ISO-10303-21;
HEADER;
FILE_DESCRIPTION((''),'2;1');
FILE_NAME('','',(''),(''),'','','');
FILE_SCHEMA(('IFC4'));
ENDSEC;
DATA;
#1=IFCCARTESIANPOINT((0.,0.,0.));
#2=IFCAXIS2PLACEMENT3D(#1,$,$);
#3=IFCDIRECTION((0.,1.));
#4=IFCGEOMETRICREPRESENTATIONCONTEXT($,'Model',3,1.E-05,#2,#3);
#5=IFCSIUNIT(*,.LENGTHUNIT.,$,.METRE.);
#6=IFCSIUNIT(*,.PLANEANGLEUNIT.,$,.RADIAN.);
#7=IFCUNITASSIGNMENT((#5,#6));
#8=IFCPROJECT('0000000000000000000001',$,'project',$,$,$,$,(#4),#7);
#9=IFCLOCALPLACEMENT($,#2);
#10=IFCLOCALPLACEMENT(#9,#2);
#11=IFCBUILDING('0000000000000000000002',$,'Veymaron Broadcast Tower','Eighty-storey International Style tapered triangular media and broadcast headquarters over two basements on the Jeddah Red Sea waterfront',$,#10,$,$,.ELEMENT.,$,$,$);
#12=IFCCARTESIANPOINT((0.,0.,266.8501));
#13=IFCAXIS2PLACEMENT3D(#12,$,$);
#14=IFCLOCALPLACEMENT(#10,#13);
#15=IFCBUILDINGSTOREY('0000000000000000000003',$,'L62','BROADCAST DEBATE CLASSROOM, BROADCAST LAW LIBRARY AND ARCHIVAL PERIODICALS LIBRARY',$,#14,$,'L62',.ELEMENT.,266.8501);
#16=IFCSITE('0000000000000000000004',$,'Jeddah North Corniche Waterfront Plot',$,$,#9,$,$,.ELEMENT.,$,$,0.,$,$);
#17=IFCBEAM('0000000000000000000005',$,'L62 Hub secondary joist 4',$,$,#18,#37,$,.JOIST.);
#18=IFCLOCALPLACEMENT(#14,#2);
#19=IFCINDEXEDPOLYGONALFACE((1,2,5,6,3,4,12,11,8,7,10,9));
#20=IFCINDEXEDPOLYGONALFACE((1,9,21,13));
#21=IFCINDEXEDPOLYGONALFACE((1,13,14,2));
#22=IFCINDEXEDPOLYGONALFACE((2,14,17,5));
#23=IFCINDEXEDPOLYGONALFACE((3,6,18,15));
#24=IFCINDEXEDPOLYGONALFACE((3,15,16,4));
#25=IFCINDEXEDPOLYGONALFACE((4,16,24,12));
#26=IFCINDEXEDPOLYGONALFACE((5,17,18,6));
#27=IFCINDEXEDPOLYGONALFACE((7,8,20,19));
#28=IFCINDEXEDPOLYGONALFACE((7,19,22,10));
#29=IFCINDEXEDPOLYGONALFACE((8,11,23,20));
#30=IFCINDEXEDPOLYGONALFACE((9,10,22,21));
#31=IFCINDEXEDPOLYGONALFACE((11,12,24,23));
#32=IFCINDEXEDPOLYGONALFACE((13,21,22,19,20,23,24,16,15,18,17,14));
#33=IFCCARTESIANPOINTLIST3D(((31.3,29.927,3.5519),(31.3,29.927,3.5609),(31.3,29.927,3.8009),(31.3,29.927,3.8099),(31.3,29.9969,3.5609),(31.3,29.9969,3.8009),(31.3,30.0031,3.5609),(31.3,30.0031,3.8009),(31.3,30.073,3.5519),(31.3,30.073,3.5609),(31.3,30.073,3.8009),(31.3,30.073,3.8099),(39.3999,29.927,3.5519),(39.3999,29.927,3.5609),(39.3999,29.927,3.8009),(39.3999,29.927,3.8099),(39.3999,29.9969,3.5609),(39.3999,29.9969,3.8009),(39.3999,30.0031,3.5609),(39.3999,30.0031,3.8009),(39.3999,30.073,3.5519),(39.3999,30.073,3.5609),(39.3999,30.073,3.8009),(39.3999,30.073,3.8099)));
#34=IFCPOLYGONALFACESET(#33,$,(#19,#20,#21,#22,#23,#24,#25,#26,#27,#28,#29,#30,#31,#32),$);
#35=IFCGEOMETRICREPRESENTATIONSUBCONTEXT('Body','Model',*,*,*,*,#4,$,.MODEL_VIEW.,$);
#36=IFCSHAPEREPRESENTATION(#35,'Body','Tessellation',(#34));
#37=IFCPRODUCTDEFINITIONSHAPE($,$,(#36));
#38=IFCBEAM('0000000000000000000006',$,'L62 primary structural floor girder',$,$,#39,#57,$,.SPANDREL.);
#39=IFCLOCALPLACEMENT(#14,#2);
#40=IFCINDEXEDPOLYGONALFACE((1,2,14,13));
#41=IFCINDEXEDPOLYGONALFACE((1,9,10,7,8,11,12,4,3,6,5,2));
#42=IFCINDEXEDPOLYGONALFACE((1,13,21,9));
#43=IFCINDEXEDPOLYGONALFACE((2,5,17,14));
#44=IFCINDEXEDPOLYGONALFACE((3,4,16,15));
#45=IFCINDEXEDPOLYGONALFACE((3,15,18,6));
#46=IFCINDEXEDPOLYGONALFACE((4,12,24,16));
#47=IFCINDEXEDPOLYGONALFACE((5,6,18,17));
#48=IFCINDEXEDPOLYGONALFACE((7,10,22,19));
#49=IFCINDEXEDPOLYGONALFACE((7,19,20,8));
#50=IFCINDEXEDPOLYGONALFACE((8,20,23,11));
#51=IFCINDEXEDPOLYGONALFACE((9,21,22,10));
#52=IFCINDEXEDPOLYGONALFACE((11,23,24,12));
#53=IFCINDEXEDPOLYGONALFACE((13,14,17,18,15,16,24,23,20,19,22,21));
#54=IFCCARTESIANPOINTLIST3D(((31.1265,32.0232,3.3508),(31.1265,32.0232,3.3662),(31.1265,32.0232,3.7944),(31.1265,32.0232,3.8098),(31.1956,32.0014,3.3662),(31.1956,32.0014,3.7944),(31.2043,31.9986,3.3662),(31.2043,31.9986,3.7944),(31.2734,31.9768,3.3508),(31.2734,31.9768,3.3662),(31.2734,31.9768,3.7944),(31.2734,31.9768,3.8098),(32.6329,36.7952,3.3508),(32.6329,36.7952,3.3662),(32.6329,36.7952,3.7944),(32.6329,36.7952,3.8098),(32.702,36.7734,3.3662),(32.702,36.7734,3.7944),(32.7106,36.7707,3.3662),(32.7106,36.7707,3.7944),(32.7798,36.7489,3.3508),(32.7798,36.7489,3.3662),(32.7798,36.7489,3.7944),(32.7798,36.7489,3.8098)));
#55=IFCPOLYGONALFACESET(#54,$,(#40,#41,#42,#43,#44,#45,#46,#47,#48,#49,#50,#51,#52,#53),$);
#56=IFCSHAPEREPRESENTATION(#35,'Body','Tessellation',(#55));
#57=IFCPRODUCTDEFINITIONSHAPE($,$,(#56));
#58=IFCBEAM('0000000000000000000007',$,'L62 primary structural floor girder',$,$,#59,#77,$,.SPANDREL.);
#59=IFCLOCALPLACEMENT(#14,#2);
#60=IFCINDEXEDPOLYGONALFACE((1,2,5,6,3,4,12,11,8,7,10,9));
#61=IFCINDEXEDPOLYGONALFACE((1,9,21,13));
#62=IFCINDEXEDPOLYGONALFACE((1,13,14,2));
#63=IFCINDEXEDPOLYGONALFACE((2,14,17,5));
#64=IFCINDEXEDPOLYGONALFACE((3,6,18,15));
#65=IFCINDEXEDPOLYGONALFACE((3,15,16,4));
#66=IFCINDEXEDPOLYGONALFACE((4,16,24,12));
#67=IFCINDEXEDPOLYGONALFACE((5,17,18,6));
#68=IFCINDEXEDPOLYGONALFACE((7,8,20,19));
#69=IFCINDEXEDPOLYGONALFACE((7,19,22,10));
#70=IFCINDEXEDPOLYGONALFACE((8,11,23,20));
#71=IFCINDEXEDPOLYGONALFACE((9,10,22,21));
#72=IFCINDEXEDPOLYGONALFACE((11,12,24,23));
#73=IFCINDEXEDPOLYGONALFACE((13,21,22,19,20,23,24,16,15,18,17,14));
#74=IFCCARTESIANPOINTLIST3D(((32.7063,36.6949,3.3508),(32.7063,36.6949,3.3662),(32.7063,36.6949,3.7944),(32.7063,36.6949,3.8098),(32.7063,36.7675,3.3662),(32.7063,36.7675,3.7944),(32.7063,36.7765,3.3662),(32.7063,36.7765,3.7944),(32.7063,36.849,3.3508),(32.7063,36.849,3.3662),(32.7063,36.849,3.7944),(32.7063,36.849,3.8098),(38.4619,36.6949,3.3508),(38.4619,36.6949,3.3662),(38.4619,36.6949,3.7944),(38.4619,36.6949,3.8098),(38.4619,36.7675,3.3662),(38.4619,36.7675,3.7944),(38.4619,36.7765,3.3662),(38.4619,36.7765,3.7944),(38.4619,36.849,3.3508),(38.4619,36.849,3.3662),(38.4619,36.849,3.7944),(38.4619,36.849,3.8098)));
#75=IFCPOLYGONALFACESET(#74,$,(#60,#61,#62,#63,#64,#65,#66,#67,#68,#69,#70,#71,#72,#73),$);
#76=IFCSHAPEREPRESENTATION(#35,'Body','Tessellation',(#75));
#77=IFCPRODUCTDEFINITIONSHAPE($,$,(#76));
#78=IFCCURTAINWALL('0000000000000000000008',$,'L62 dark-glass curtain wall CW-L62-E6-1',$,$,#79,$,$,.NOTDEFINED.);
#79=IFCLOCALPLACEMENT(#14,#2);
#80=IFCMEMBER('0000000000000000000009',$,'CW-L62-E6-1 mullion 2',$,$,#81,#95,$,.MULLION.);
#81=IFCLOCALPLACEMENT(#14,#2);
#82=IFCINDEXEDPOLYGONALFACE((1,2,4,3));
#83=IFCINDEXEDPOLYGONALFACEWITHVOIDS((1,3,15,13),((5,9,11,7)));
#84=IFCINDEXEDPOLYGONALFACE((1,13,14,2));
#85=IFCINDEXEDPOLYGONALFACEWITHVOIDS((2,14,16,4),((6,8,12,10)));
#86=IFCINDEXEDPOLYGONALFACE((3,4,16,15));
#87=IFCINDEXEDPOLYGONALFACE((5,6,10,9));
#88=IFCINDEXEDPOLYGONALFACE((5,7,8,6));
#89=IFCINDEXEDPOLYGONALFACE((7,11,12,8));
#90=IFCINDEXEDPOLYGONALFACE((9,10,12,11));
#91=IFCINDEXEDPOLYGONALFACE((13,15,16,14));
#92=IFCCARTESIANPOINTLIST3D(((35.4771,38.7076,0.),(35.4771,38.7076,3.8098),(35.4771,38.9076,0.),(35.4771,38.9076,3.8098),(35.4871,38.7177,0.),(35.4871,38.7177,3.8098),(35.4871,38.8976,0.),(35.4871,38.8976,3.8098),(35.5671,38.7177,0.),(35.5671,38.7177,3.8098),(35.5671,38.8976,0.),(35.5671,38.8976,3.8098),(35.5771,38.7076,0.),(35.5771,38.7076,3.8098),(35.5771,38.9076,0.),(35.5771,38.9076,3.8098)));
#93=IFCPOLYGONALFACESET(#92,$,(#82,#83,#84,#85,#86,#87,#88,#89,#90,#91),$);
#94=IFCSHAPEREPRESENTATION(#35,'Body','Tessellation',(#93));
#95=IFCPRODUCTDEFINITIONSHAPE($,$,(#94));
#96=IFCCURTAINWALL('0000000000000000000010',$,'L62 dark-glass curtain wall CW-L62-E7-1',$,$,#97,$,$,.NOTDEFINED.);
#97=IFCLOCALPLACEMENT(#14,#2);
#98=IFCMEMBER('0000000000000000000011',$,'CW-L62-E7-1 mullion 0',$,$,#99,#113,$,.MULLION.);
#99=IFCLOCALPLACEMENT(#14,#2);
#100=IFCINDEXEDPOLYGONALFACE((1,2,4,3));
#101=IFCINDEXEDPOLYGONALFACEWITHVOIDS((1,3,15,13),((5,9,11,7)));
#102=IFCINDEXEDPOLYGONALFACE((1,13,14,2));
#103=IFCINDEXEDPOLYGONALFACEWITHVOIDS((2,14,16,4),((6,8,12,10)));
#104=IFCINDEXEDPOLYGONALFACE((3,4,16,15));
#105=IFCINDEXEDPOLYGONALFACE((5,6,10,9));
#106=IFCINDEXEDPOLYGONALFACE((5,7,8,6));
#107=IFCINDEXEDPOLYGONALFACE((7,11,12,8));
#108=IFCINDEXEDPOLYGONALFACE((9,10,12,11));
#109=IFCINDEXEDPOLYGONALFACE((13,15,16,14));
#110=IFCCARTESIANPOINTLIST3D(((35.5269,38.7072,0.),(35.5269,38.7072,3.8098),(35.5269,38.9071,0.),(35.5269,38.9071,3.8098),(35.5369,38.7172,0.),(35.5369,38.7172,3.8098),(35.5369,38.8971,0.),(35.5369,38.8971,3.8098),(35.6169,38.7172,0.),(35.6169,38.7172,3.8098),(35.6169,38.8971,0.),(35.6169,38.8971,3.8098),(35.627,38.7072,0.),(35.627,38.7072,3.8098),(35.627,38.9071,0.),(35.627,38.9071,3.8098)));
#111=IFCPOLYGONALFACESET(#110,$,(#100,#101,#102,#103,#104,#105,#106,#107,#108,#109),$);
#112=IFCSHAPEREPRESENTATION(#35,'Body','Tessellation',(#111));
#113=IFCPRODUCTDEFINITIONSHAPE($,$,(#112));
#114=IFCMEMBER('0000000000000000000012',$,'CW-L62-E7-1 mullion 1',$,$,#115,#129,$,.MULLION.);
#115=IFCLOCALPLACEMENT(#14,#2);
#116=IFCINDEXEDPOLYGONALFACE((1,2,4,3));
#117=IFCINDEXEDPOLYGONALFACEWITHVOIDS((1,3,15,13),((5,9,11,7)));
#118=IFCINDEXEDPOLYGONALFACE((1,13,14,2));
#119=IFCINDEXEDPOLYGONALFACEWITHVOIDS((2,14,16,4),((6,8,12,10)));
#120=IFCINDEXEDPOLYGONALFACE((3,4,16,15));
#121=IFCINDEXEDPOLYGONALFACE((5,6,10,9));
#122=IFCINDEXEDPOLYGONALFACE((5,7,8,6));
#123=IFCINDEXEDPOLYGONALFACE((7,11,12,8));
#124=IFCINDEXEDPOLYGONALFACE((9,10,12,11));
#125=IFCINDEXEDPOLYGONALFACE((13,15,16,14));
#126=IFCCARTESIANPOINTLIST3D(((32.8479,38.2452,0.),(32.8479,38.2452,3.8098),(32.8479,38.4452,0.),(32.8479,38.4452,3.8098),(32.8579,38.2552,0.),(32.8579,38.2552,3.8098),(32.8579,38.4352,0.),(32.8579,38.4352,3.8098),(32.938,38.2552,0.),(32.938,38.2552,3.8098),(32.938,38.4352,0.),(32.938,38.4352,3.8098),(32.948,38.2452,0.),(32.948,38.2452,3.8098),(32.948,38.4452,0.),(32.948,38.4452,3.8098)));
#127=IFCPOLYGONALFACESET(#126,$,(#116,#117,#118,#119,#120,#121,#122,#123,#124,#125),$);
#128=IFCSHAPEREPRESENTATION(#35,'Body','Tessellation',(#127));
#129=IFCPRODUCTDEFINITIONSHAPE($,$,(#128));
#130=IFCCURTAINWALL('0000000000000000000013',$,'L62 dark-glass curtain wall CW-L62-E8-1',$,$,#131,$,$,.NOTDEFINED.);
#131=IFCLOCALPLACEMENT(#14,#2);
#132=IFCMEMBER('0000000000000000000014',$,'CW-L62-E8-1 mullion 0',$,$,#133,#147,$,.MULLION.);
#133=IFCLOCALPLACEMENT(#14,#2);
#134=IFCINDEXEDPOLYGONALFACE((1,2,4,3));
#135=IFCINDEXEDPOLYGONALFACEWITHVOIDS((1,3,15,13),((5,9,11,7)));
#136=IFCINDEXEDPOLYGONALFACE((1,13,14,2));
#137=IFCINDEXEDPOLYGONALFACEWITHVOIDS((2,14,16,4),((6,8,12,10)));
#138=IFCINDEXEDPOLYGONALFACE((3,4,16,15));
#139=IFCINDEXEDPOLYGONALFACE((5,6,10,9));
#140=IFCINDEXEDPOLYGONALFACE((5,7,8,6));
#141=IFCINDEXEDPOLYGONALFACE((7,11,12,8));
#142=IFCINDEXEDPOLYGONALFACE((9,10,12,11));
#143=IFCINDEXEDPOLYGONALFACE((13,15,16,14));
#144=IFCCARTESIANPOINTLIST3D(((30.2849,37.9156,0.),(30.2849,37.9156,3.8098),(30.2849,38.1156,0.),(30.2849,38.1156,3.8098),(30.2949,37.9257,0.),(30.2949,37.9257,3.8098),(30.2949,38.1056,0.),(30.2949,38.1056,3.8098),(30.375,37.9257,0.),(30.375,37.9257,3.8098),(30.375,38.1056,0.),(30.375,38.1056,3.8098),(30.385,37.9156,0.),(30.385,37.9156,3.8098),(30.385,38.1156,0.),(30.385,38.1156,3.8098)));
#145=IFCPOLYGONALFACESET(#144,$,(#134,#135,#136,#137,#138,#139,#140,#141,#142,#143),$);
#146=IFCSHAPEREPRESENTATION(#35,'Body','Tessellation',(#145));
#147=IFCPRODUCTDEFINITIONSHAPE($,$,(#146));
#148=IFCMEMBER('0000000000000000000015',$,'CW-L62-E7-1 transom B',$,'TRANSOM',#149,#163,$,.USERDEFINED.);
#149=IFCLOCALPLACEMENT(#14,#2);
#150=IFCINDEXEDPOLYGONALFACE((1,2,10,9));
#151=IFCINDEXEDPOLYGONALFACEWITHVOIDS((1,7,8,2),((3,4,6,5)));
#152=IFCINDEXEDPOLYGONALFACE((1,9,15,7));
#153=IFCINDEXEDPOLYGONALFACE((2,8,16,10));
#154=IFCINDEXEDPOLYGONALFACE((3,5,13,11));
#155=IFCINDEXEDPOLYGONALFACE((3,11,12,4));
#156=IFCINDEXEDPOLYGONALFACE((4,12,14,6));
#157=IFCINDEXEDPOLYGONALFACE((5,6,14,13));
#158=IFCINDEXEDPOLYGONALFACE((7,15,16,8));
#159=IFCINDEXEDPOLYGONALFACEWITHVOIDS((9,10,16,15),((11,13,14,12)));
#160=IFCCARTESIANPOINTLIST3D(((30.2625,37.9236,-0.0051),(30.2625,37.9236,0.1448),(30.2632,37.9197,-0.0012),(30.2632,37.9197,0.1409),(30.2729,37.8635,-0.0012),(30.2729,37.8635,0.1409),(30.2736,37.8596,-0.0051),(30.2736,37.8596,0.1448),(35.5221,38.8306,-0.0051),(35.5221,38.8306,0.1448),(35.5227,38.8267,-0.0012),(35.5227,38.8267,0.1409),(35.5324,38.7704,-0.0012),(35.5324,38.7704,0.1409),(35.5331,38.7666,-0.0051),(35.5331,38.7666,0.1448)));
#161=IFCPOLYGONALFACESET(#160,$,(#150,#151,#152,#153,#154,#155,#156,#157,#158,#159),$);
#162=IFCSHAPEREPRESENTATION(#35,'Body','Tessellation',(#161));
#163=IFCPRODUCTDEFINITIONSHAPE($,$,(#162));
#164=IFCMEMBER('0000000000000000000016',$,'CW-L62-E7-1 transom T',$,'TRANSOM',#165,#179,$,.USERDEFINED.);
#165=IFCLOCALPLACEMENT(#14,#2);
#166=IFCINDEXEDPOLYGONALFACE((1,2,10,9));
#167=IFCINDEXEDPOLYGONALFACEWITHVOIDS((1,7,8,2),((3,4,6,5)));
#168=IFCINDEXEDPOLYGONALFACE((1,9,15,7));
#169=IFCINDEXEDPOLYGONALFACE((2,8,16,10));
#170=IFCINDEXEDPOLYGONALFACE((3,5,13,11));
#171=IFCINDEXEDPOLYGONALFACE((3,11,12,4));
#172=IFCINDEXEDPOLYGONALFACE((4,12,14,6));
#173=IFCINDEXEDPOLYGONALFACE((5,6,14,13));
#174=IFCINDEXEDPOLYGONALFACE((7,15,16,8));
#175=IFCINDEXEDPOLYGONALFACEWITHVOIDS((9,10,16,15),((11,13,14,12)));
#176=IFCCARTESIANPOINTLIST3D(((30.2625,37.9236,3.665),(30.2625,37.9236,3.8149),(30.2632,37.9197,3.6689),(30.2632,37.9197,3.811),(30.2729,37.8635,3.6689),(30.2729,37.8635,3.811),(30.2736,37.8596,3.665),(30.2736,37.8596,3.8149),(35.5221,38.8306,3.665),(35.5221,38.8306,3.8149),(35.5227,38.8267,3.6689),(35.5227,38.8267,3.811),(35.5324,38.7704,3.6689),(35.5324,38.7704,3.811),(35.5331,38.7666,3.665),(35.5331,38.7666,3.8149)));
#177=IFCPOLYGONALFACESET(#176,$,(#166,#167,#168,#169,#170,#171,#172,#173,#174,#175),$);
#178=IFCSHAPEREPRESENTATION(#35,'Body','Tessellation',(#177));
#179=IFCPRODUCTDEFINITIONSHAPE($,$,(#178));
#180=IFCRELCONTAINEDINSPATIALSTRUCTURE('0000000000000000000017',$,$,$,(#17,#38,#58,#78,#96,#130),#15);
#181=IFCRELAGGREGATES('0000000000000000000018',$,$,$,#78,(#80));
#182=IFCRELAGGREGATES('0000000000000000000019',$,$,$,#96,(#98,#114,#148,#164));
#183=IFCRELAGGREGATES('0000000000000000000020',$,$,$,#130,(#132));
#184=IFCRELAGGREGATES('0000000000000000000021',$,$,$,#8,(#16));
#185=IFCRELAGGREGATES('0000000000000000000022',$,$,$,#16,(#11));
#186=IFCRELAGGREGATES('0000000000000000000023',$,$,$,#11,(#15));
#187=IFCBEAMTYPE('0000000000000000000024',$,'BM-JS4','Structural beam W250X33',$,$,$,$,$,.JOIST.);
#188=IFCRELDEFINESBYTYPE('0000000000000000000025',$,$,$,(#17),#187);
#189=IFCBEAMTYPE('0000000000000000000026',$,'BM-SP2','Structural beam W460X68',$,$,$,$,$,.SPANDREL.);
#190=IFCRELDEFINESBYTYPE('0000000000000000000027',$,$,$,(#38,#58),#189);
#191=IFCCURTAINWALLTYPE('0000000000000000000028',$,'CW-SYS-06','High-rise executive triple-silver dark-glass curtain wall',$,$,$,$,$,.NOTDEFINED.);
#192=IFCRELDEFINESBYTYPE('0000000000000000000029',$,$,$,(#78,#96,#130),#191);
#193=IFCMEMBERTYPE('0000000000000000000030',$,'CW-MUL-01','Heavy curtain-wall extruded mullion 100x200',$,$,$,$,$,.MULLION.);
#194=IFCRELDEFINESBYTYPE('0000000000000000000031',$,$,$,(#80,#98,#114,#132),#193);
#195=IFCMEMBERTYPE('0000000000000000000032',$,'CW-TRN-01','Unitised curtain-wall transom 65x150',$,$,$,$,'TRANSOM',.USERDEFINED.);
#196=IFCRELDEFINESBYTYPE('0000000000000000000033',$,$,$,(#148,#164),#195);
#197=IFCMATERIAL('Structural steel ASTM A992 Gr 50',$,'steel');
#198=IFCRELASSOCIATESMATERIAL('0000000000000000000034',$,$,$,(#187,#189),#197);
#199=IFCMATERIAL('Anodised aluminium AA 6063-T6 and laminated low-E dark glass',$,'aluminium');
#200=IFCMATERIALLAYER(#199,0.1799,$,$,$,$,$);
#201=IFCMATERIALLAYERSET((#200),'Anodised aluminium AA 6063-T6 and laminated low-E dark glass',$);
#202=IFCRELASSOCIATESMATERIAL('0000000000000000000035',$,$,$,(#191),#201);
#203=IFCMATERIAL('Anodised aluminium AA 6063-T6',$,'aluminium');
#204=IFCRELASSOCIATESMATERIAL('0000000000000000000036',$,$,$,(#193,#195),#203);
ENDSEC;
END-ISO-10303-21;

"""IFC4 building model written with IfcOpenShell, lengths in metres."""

from ifc_helpers import new_model, si_unit, direction, frame, origin, origin_2d, place, context, subcontext, project, spatial, hollow_rectangle, i_section, extrude, material, layer, layer_set, material_profile, profile_set, type_object, element, aggregate, save


model = new_model("IFC4")

# Units and contexts
model_context = context("Model", 3, precision=1e-05, world=origin(), true_north=direction((0.0, 1.0)))
body_context = subcontext(model_context, "Body", "Model", "MODEL_VIEW")
ifc_project = project(units=[si_unit("LENGTHUNIT", "METRE"), si_unit("PLANEANGLEUNIT", "RADIAN")], contexts=[model_context])

# Site, building, storey
site_placement = place(None, origin())
site = spatial("IfcSite", under=ifc_project, at=site_placement, Name="Jeddah North Corniche Waterfront Plot", CompositionType="ELEMENT", RefElevation=0.0)
building_placement = place(site_placement, origin())
building = spatial("IfcBuilding", under=site, at=building_placement, Name="Veymaron Broadcast Tower", Description="Eighty-storey International Style tapered triangular media and broadcast headquarters over two basements on the Jeddah Red Sea waterfront", CompositionType="ELEMENT")
storey_placement = place(building_placement, frame((0.0, 0.0, 266.8501)))
storey = spatial("IfcBuildingStorey", under=building, at=storey_placement, Name="L62", Description="BROADCAST DEBATE CLASSROOM, BROADCAST LAW LIBRARY AND ARCHIVAL PERIODICALS LIBRARY", LongName="L62", CompositionType="ELEMENT", Elevation=266.8501)

# Shared definitions
ifc_material_1 = material(Name="Structural steel ASTM A992 Gr 50", Category="steel")

# Beams
ifc_material_profile_1 = material_profile(ifc_material_1, i_section(OverallWidth=0.146, OverallDepth=0.2581, WebThickness=0.0061, FlangeThickness=0.009, at=origin_2d()), Name="W250X33")
ifc_profile_set_1 = profile_set([ifc_material_profile_1], Name="Structural steel ASTM A992 Gr 50")
beam_type_1 = type_object("IfcBeamType", Name="BM-JS4", Description="Structural beam W250X33", PredefinedType="JOIST", material=ifc_profile_set_1)
for number, where, z_axis, x_axis, name in (
    (1, (31.3, 30.0, 3.6809), (1.0, 0.0, 0.0), (0.0, 1.0, 0.0), "L62 Hub secondary joist 4"),
):
    element("IfcBeam", number, at=place(storey_placement, frame(where, z_axis=z_axis, x_axis=x_axis)), inside=storey, type_object=beam_type_1, Name=name, PredefinedType="JOIST", context=body_context, shape_type="SweptSolid", body=[
        extrude(i_section(OverallWidth=0.146, OverallDepth=0.2581, WebThickness=0.0061, FlangeThickness=0.009, at=origin_2d()), origin(), (0.0, 0.0, 1.0), 8.0999),
    ])
ifc_material_profile_2 = material_profile(ifc_material_1, i_section(OverallWidth=0.1541, OverallDepth=0.459, WebThickness=0.009, FlangeThickness=0.0154, at=origin_2d()), Name="W460X68")
ifc_profile_set_2 = profile_set([ifc_material_profile_2], Name="Structural steel ASTM A992 Gr 50")
beam_type_2 = type_object("IfcBeamType", Name="BM-SP2", Description="Structural beam W460X68", PredefinedType="SPANDREL", material=ifc_profile_set_2)
beam_1_placement = place(storey_placement, frame((31.2, 32.0, 3.5803), z_axis=(0.301024, 0.953617, 0.0), x_axis=(-0.953617, 0.301024, 0.0)))
element("IfcBeam", 2, at=beam_1_placement, inside=storey, type_object=beam_type_2, Name="L62 primary structural floor girder", PredefinedType="SPANDREL", context=body_context, shape_type="SweptSolid", body=[
    extrude(i_section(OverallWidth=0.1541, OverallDepth=0.459, WebThickness=0.009, FlangeThickness=0.0154, at=origin_2d()), origin(), (0.0, 0.0, 1.0), 5.0042),
])
beam_2_placement = place(storey_placement, frame((32.7063, 36.772, 3.5803), z_axis=(1.0, 0.0, 0.0), x_axis=(0.0, 1.0, 0.0)))
element("IfcBeam", 3, at=beam_2_placement, inside=storey, type_object=beam_type_2, Name="L62 primary structural floor girder", PredefinedType="SPANDREL", context=body_context, shape_type="SweptSolid", body=[
    extrude(i_section(OverallWidth=0.1541, OverallDepth=0.459, WebThickness=0.009, FlangeThickness=0.0154, at=origin_2d()), origin(), (0.0, 0.0, 1.0), 5.7556),
])

# Curtain wall, member
ifc_material_2 = material(Name="Anodised aluminium AA 6063-T6 and laminated low-E dark glass", Category="aluminium")
ifc_layer_1 = layer(ifc_material_2, 0.1799)
ifc_layer_set_1 = layer_set([ifc_layer_1], Name="Anodised aluminium AA 6063-T6 and laminated low-E dark glass")
curtain_wall_type = type_object("IfcCurtainWallType", Name="CW-SYS-06", Description="High-rise executive triple-silver dark-glass curtain wall", PredefinedType="NOTDEFINED", material=ifc_layer_set_1)
curtain_wall_1_placement = place(storey_placement, origin())
curtain_wall_1 = element("IfcCurtainWall", 4, at=curtain_wall_1_placement, inside=storey, type_object=curtain_wall_type, Name="L62 dark-glass curtain wall CW-L62-E6-1", PredefinedType="NOTDEFINED")
ifc_material_3 = material(Name="Anodised aluminium AA 6063-T6", Category="aluminium")
ifc_material_profile_3 = material_profile(ifc_material_3, hollow_rectangle(XDim=0.1001, YDim=0.2, WallThickness=0.01, at=origin_2d()), Name="RHS200X100X10")
ifc_profile_set_3 = profile_set([ifc_material_profile_3], Name="Anodised aluminium AA 6063-T6")
member_type_1 = type_object("IfcMemberType", Name="CW-MUL-01", Description="Heavy curtain-wall extruded mullion 100x200", PredefinedType="MULLION", material=ifc_profile_set_3)
member_1_placement = place(storey_placement, frame((35.5271, 38.8076, 0.0), z_axis=(0.0, 0.0, 1.0), x_axis=(1.0, 0.0, 0.0)))
member_1 = element("IfcMember", 5, at=member_1_placement, type_object=member_type_1, Name="CW-L62-E6-1 mullion 2", PredefinedType="MULLION", context=body_context, shape_type="SweptSolid", body=[
    extrude(hollow_rectangle(XDim=0.1001, YDim=0.2, WallThickness=0.01, at=origin_2d()), origin(), (0.0, 0.0, 1.0), 3.8098),
])
aggregate(curtain_wall_1, [member_1])

# Curtain wall, members
curtain_wall_2_placement = place(storey_placement, origin())
curtain_wall_2 = element("IfcCurtainWall", 6, at=curtain_wall_2_placement, inside=storey, type_object=curtain_wall_type, Name="L62 dark-glass curtain wall CW-L62-E7-1", PredefinedType="NOTDEFINED")
member_2_placement = place(storey_placement, frame((35.5769, 38.8071, 0.0), z_axis=(0.0, 0.0, 1.0), x_axis=(1.0, 0.0, 0.0)))
member_2 = element("IfcMember", 7, at=member_2_placement, type_object=member_type_1, Name="CW-L62-E7-1 mullion 0", PredefinedType="MULLION", context=body_context, shape_type="SweptSolid", body=[
    extrude(hollow_rectangle(XDim=0.1001, YDim=0.2, WallThickness=0.01, at=origin_2d()), origin(), (0.0, 0.0, 1.0), 3.8098),
])
member_3_placement = place(storey_placement, frame((32.8979, 38.3452, 0.0), z_axis=(0.0, 0.0, 1.0), x_axis=(1.0, 0.0, 0.0)))
member_3 = element("IfcMember", 8, at=member_3_placement, type_object=member_type_1, Name="CW-L62-E7-1 mullion 1", PredefinedType="MULLION", context=body_context, shape_type="SweptSolid", body=[
    extrude(hollow_rectangle(XDim=0.1001, YDim=0.2, WallThickness=0.01, at=origin_2d()), origin(), (0.0, 0.0, 1.0), 3.8098),
])

# Curtain wall, member
curtain_wall_3_placement = place(storey_placement, origin())
curtain_wall_3 = element("IfcCurtainWall", 9, at=curtain_wall_3_placement, inside=storey, type_object=curtain_wall_type, Name="L62 dark-glass curtain wall CW-L62-E8-1", PredefinedType="NOTDEFINED")
member_4_placement = place(storey_placement, frame((30.335, 38.0156, 0.0), z_axis=(0.0, 0.0, 1.0), x_axis=(1.0, 0.0, 0.0)))
member_4 = element("IfcMember", 10, at=member_4_placement, type_object=member_type_1, Name="CW-L62-E8-1 mullion 0", PredefinedType="MULLION", context=body_context, shape_type="SweptSolid", body=[
    extrude(hollow_rectangle(XDim=0.1001, YDim=0.2, WallThickness=0.01, at=origin_2d()), origin(), (0.0, 0.0, 1.0), 3.8098),
])

# Members
ifc_material_profile_4 = material_profile(ifc_material_3, hollow_rectangle(XDim=0.0649, YDim=0.1499, WallThickness=0.0039, at=origin_2d()), Name="AL150X65X4")
ifc_profile_set_4 = profile_set([ifc_material_profile_4], Name="Anodised aluminium AA 6063-T6")
member_type_2 = type_object("IfcMemberType", Name="CW-TRN-01", Description="Unitised curtain-wall transom 65x150", ElementType="TRANSOM", PredefinedType="USERDEFINED", material=ifc_profile_set_4)
member_5_placement = place(storey_placement, frame((35.5276, 38.7986, 0.0698), z_axis=(-0.985455, -0.169938, 0.0), x_axis=(0.169938, -0.985455, 0.0)))
member_5 = element("IfcMember", 11, at=member_5_placement, type_object=member_type_2, Name="CW-L62-E7-1 transom B", ObjectType="TRANSOM", PredefinedType="USERDEFINED", context=body_context, shape_type="SweptSolid", body=[
    extrude(hollow_rectangle(XDim=0.0649, YDim=0.1499, WallThickness=0.0039, at=origin_2d()), origin(), (0.0, 0.0, 1.0), 5.3372),
])
member_6_placement = place(storey_placement, frame((35.5276, 38.7986, 3.74), z_axis=(-0.985455, -0.169938, 0.0), x_axis=(0.169938, -0.985455, 0.0)))
member_6 = element("IfcMember", 12, at=member_6_placement, type_object=member_type_2, Name="CW-L62-E7-1 transom T", ObjectType="TRANSOM", PredefinedType="USERDEFINED", context=body_context, shape_type="SweptSolid", body=[
    extrude(hollow_rectangle(XDim=0.0649, YDim=0.1499, WallThickness=0.0039, at=origin_2d()), origin(), (0.0, 0.0, 1.0), 5.3372),
])

aggregate(curtain_wall_2, [member_2, member_3, member_5, member_6])
aggregate(curtain_wall_3, [member_4])

save(model, "model.ifc")
